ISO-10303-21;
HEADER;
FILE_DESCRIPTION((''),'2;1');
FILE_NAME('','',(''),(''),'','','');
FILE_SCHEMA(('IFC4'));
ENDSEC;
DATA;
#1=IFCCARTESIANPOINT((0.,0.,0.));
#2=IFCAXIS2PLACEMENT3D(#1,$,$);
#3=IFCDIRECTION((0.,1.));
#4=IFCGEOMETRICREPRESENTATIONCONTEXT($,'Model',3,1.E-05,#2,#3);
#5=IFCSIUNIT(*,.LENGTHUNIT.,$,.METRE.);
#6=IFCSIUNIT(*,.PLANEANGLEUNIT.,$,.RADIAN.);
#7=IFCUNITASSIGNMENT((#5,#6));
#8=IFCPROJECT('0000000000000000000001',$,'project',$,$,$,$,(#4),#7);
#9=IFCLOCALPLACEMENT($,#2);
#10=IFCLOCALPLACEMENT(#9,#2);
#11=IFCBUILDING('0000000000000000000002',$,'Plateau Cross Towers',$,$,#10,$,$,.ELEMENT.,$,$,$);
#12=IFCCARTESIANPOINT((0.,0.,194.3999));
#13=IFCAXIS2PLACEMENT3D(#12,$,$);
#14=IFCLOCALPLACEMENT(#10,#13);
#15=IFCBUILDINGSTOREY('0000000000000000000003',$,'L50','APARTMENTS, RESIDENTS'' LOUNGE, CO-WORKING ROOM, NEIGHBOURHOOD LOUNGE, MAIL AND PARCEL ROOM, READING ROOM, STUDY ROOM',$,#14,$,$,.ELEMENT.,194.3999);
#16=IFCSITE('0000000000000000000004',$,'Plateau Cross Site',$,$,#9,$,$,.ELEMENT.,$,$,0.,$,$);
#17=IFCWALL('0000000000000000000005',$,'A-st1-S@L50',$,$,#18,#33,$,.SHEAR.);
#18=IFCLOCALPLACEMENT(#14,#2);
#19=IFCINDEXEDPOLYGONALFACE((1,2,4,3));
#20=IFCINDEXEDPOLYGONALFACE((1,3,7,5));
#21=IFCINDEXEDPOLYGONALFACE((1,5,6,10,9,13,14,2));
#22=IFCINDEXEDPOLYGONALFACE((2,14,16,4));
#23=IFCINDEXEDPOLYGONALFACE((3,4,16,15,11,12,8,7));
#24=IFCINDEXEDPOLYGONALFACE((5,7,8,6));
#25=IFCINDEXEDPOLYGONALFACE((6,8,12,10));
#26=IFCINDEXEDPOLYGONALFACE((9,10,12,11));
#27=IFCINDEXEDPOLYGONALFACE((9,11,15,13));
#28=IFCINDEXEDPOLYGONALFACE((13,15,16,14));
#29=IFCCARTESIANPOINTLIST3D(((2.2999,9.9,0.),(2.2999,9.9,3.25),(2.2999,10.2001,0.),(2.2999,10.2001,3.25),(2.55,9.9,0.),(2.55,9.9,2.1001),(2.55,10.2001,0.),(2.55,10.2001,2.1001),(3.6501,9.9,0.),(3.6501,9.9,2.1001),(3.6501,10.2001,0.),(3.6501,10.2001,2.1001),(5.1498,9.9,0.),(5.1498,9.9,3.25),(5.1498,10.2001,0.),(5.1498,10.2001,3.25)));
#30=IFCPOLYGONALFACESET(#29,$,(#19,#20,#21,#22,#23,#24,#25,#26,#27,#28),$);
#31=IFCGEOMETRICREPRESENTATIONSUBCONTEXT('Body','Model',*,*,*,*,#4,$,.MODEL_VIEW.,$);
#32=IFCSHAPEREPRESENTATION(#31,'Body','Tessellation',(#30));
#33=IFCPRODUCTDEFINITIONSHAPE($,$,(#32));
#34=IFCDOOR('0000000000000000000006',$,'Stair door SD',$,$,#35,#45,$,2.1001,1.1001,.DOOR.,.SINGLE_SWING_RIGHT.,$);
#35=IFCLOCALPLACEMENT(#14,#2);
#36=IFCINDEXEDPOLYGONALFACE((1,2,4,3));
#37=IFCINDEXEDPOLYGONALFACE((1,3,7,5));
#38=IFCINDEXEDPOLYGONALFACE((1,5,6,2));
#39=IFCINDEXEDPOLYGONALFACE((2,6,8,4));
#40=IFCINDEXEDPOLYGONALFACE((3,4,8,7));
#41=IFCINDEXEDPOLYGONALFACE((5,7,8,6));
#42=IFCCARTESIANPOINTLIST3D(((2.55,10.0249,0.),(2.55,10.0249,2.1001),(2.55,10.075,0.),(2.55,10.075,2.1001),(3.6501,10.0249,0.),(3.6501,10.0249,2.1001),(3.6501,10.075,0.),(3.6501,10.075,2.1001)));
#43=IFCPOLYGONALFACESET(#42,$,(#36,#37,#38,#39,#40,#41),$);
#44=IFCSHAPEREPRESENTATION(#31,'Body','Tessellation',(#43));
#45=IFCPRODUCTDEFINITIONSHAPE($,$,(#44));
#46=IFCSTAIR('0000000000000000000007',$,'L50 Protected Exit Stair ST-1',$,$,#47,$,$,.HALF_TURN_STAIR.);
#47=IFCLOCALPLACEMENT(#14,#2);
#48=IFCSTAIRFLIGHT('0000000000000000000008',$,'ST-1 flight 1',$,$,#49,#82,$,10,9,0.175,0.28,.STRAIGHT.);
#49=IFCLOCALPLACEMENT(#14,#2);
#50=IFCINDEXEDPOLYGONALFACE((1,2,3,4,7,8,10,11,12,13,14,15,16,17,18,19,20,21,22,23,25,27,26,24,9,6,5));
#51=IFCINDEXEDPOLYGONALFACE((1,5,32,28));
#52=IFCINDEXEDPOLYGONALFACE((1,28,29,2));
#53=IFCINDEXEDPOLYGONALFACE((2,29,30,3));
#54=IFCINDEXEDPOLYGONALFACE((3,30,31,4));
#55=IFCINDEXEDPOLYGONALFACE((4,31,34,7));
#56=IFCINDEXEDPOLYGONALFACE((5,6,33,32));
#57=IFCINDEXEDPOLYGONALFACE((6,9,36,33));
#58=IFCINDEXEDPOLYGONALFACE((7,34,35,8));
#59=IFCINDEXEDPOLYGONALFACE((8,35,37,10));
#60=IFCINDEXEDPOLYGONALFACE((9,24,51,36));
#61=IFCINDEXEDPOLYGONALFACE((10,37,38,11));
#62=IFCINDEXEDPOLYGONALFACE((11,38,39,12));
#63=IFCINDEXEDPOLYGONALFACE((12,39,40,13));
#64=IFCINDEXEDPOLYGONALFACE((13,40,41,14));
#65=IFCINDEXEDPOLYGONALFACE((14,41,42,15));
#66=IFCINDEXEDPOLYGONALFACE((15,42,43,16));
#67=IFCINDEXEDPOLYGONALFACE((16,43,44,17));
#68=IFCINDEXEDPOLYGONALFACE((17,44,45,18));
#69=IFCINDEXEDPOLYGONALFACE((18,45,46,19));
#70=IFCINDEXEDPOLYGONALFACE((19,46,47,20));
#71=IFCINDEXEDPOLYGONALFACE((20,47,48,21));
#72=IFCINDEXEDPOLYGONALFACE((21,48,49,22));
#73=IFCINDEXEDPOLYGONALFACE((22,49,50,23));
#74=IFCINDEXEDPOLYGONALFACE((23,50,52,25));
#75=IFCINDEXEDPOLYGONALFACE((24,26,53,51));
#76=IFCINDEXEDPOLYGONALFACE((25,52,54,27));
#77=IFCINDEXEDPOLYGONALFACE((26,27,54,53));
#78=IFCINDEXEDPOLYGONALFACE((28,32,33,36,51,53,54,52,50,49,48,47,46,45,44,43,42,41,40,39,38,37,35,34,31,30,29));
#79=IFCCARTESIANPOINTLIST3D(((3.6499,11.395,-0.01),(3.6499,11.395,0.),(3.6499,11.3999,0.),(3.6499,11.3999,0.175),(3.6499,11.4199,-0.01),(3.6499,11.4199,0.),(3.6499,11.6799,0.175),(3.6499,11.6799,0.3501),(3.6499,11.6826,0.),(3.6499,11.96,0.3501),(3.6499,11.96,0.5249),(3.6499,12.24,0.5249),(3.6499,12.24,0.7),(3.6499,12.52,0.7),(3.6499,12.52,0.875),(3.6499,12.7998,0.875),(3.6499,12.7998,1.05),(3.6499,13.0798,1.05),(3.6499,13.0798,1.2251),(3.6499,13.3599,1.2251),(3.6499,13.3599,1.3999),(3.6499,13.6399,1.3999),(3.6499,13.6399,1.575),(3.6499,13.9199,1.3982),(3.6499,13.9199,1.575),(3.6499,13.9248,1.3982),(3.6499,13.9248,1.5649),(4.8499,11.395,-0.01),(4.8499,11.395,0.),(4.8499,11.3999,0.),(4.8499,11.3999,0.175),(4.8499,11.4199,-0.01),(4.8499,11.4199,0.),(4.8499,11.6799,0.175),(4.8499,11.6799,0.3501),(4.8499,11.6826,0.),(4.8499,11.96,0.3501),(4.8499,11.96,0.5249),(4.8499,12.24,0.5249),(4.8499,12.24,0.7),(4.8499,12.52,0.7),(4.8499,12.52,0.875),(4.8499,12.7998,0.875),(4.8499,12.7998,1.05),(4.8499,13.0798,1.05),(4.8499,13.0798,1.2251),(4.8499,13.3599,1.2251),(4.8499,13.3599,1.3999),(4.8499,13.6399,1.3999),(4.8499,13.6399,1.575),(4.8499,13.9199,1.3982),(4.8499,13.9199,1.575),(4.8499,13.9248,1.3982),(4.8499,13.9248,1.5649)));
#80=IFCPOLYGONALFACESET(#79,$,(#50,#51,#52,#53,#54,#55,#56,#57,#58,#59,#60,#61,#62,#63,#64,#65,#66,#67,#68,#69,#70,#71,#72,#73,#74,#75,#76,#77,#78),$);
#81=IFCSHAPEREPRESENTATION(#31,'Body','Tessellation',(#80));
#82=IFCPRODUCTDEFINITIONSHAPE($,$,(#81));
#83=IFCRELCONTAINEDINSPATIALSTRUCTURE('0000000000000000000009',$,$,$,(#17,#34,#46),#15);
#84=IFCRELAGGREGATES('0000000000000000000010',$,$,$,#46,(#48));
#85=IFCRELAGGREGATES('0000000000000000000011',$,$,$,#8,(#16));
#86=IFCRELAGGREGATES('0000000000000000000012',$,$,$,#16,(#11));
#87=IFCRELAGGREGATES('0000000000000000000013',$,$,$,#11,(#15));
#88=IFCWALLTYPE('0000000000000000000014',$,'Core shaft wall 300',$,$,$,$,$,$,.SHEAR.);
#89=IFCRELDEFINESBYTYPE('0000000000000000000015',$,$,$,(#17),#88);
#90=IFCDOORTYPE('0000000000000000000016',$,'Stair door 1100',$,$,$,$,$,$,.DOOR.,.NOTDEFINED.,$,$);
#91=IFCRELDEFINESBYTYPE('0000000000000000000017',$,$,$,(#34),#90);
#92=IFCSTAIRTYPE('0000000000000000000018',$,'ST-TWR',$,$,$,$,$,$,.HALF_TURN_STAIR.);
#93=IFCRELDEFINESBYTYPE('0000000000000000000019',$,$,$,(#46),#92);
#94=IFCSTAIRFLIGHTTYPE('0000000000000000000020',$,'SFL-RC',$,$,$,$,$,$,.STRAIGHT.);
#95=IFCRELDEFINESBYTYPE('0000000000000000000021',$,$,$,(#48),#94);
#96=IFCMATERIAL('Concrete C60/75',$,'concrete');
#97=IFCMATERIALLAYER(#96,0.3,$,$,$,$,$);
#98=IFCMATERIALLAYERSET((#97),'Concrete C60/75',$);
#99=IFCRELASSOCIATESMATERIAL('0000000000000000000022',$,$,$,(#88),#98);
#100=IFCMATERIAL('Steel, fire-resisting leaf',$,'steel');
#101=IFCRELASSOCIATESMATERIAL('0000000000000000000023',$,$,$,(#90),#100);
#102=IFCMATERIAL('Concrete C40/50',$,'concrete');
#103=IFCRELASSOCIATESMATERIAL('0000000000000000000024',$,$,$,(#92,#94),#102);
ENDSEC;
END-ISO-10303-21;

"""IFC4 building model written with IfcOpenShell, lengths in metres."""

from ifc_helpers import new_model, si_unit, direction, frame, frame_2d, origin, place, context, subcontext, project, spatial, polyline, rectangle, outline, extrude, material, layer, layer_set, type_object, element, fill, aggregate, save


model = new_model("IFC4")

# Units and contexts
model_context = context("Model", 3, precision=1e-05, world=origin(), true_north=direction((0.0, 1.0)))
body_context = subcontext(model_context, "Body", "Model", "MODEL_VIEW")
ifc_project = project(units=[si_unit("LENGTHUNIT", "METRE"), si_unit("PLANEANGLEUNIT", "RADIAN")], contexts=[model_context])

# Site, building, storey
site_placement = place(None, origin())
site = spatial("IfcSite", under=ifc_project, at=site_placement, Name="Plateau Cross Site", CompositionType="ELEMENT", RefElevation=0.0)
building_placement = place(site_placement, origin())
building = spatial("IfcBuilding", under=site, at=building_placement, Name="Plateau Cross Towers", CompositionType="ELEMENT")
storey_placement = place(building_placement, frame((0.0, 0.0, 194.3999)))
storey = spatial("IfcBuildingStorey", under=building, at=storey_placement, Name="L50", Description="APARTMENTS, RESIDENTS' LOUNGE, CO-WORKING ROOM, NEIGHBOURHOOD LOUNGE, MAIL AND PARCEL ROOM, READING ROOM, STUDY ROOM", CompositionType="ELEMENT", Elevation=194.3999)

# Shared definitions
ifc_material_1 = material(Name="Concrete C60/75", Category="concrete")
ifc_layer_1 = layer(ifc_material_1, 0.3)
ifc_layer_set_1 = layer_set([ifc_layer_1], Name="Concrete C60/75")
wall_type = type_object("IfcWallType", Name="Core shaft wall 300", PredefinedType="SHEAR", material=ifc_layer_set_1)
ifc_material_2 = material(Name="Steel, fire-resisting leaf", Category="steel")
door_type_1 = type_object("IfcDoorType", Name="Stair door 1100", OperationType="NOTDEFINED", PredefinedType="DOOR", material=ifc_material_2)

# Wall, opening, door
wall_1_placement = place(storey_placement, frame((2.3, 10.05, 0.0), z_axis=(0.0, 0.0, 1.0), x_axis=(1.0, 0.0, 0.0)))
wall_1 = element("IfcWall", 1, at=wall_1_placement, inside=storey, type_object=wall_type, Name="A-st1-S@L50", PredefinedType="SHEAR", context=body_context, shape_type="SweptSolid", body=[
    extrude(rectangle(XDim=2.8499, YDim=0.3, at=frame_2d((1.4248, 0.0))), origin(), (0.0, 0.0, 1.0), 3.25),
])
opening_1_placement = place(wall_1_placement, frame((0.25, 0.0, 0.0)))
opening_1 = element("IfcOpeningElement", 2, at=opening_1_placement, cuts=wall_1, PredefinedType="OPENING", context=body_context, shape_type="SweptSolid", body=[
    extrude(rectangle(XDim=1.1001, YDim=2.1001, at=frame_2d((0.55, 1.05))), frame((0.0, 0.1599, 0.0), z_axis=(0.0, -1.0, 0.0), x_axis=(1.0, 0.0, 0.0)), (0.0, 0.0, 1.0), 0.3201),
])
door_1_placement = place(opening_1_placement, origin())
door_1 = element("IfcDoor", 3, at=door_1_placement, inside=storey, type_object=door_type_1, Name="Stair door SD", OperationType="SINGLE_SWING_RIGHT", OverallHeight=2.1001, OverallWidth=1.1001, PredefinedType="DOOR", context=body_context, shape_type="SweptSolid", body=[
    extrude(rectangle(XDim=1.1001, YDim=2.1001, at=frame_2d((0.55, 1.05))), frame((0.0, 0.0249, 0.0), z_axis=(0.0, -1.0, 0.0), x_axis=(1.0, 0.0, 0.0)), (0.0, 0.0, 1.0), 0.05),
])
fill(opening_1, door_1)

# Stair, stair flight
ifc_material_3 = material(Name="Concrete C40/50", Category="concrete")
stair_type = type_object("IfcStairType", Name="ST-TWR", PredefinedType="HALF_TURN_STAIR", material=ifc_material_3)
stair_placement = place(storey_placement, origin())
stair = element("IfcStair", 4, at=stair_placement, inside=storey, type_object=stair_type, Name="L50 Protected Exit Stair ST-1", PredefinedType="HALF_TURN_STAIR")
stair_flight_type = type_object("IfcStairFlightType", Name="SFL-RC", PredefinedType="STRAIGHT", material=ifc_material_3)
stair_flight_placement = place(storey_placement, frame((4.25, 11.3999, 0.0), z_axis=(0.0, 0.0, 1.0), x_axis=(0.0, 1.0, 0.0)))
stair_flight = element("IfcStairFlight", 5, at=stair_flight_placement, type_object=stair_flight_type, Name="ST-1 flight 1", NumberOfRisers=10, NumberOfTreads=9, PredefinedType="STRAIGHT", RiserHeight=0.175, TreadLength=0.28, context=body_context, shape_type="SweptSolid", body=[
    extrude(outline(polyline([(-0.0049, -0.01), (-0.0049, 0.0), (0.0, 0.0), (0.0, 0.175), (0.28, 0.175), (0.28, 0.3501), (0.5601, 0.3501), (0.5601, 0.5249), (0.8401, 0.5249), (0.8401, 0.7), (1.1201, 0.7), (1.1201, 0.875), (1.3999, 0.875), (1.3999, 1.05), (1.6799, 1.05), (1.6799, 1.2251), (1.96, 1.2251), (1.96, 1.3999), (2.24, 1.3999), (2.24, 1.575), (2.52, 1.575), (2.5249, 1.5649), (2.5249, 1.3982), (2.52, 1.3982), (0.2827, 0.0), (0.02, 0.0), (0.02, -0.01), (-0.0049, -0.01)])), frame((0.0, 0.6001, 0.0), z_axis=(0.0, -1.0, 0.0), x_axis=(1.0, 0.0, 0.0)), (0.0, 0.0, 1.0), 1.2),
])
aggregate(stair, [stair_flight])

save(model, "model.ifc")
